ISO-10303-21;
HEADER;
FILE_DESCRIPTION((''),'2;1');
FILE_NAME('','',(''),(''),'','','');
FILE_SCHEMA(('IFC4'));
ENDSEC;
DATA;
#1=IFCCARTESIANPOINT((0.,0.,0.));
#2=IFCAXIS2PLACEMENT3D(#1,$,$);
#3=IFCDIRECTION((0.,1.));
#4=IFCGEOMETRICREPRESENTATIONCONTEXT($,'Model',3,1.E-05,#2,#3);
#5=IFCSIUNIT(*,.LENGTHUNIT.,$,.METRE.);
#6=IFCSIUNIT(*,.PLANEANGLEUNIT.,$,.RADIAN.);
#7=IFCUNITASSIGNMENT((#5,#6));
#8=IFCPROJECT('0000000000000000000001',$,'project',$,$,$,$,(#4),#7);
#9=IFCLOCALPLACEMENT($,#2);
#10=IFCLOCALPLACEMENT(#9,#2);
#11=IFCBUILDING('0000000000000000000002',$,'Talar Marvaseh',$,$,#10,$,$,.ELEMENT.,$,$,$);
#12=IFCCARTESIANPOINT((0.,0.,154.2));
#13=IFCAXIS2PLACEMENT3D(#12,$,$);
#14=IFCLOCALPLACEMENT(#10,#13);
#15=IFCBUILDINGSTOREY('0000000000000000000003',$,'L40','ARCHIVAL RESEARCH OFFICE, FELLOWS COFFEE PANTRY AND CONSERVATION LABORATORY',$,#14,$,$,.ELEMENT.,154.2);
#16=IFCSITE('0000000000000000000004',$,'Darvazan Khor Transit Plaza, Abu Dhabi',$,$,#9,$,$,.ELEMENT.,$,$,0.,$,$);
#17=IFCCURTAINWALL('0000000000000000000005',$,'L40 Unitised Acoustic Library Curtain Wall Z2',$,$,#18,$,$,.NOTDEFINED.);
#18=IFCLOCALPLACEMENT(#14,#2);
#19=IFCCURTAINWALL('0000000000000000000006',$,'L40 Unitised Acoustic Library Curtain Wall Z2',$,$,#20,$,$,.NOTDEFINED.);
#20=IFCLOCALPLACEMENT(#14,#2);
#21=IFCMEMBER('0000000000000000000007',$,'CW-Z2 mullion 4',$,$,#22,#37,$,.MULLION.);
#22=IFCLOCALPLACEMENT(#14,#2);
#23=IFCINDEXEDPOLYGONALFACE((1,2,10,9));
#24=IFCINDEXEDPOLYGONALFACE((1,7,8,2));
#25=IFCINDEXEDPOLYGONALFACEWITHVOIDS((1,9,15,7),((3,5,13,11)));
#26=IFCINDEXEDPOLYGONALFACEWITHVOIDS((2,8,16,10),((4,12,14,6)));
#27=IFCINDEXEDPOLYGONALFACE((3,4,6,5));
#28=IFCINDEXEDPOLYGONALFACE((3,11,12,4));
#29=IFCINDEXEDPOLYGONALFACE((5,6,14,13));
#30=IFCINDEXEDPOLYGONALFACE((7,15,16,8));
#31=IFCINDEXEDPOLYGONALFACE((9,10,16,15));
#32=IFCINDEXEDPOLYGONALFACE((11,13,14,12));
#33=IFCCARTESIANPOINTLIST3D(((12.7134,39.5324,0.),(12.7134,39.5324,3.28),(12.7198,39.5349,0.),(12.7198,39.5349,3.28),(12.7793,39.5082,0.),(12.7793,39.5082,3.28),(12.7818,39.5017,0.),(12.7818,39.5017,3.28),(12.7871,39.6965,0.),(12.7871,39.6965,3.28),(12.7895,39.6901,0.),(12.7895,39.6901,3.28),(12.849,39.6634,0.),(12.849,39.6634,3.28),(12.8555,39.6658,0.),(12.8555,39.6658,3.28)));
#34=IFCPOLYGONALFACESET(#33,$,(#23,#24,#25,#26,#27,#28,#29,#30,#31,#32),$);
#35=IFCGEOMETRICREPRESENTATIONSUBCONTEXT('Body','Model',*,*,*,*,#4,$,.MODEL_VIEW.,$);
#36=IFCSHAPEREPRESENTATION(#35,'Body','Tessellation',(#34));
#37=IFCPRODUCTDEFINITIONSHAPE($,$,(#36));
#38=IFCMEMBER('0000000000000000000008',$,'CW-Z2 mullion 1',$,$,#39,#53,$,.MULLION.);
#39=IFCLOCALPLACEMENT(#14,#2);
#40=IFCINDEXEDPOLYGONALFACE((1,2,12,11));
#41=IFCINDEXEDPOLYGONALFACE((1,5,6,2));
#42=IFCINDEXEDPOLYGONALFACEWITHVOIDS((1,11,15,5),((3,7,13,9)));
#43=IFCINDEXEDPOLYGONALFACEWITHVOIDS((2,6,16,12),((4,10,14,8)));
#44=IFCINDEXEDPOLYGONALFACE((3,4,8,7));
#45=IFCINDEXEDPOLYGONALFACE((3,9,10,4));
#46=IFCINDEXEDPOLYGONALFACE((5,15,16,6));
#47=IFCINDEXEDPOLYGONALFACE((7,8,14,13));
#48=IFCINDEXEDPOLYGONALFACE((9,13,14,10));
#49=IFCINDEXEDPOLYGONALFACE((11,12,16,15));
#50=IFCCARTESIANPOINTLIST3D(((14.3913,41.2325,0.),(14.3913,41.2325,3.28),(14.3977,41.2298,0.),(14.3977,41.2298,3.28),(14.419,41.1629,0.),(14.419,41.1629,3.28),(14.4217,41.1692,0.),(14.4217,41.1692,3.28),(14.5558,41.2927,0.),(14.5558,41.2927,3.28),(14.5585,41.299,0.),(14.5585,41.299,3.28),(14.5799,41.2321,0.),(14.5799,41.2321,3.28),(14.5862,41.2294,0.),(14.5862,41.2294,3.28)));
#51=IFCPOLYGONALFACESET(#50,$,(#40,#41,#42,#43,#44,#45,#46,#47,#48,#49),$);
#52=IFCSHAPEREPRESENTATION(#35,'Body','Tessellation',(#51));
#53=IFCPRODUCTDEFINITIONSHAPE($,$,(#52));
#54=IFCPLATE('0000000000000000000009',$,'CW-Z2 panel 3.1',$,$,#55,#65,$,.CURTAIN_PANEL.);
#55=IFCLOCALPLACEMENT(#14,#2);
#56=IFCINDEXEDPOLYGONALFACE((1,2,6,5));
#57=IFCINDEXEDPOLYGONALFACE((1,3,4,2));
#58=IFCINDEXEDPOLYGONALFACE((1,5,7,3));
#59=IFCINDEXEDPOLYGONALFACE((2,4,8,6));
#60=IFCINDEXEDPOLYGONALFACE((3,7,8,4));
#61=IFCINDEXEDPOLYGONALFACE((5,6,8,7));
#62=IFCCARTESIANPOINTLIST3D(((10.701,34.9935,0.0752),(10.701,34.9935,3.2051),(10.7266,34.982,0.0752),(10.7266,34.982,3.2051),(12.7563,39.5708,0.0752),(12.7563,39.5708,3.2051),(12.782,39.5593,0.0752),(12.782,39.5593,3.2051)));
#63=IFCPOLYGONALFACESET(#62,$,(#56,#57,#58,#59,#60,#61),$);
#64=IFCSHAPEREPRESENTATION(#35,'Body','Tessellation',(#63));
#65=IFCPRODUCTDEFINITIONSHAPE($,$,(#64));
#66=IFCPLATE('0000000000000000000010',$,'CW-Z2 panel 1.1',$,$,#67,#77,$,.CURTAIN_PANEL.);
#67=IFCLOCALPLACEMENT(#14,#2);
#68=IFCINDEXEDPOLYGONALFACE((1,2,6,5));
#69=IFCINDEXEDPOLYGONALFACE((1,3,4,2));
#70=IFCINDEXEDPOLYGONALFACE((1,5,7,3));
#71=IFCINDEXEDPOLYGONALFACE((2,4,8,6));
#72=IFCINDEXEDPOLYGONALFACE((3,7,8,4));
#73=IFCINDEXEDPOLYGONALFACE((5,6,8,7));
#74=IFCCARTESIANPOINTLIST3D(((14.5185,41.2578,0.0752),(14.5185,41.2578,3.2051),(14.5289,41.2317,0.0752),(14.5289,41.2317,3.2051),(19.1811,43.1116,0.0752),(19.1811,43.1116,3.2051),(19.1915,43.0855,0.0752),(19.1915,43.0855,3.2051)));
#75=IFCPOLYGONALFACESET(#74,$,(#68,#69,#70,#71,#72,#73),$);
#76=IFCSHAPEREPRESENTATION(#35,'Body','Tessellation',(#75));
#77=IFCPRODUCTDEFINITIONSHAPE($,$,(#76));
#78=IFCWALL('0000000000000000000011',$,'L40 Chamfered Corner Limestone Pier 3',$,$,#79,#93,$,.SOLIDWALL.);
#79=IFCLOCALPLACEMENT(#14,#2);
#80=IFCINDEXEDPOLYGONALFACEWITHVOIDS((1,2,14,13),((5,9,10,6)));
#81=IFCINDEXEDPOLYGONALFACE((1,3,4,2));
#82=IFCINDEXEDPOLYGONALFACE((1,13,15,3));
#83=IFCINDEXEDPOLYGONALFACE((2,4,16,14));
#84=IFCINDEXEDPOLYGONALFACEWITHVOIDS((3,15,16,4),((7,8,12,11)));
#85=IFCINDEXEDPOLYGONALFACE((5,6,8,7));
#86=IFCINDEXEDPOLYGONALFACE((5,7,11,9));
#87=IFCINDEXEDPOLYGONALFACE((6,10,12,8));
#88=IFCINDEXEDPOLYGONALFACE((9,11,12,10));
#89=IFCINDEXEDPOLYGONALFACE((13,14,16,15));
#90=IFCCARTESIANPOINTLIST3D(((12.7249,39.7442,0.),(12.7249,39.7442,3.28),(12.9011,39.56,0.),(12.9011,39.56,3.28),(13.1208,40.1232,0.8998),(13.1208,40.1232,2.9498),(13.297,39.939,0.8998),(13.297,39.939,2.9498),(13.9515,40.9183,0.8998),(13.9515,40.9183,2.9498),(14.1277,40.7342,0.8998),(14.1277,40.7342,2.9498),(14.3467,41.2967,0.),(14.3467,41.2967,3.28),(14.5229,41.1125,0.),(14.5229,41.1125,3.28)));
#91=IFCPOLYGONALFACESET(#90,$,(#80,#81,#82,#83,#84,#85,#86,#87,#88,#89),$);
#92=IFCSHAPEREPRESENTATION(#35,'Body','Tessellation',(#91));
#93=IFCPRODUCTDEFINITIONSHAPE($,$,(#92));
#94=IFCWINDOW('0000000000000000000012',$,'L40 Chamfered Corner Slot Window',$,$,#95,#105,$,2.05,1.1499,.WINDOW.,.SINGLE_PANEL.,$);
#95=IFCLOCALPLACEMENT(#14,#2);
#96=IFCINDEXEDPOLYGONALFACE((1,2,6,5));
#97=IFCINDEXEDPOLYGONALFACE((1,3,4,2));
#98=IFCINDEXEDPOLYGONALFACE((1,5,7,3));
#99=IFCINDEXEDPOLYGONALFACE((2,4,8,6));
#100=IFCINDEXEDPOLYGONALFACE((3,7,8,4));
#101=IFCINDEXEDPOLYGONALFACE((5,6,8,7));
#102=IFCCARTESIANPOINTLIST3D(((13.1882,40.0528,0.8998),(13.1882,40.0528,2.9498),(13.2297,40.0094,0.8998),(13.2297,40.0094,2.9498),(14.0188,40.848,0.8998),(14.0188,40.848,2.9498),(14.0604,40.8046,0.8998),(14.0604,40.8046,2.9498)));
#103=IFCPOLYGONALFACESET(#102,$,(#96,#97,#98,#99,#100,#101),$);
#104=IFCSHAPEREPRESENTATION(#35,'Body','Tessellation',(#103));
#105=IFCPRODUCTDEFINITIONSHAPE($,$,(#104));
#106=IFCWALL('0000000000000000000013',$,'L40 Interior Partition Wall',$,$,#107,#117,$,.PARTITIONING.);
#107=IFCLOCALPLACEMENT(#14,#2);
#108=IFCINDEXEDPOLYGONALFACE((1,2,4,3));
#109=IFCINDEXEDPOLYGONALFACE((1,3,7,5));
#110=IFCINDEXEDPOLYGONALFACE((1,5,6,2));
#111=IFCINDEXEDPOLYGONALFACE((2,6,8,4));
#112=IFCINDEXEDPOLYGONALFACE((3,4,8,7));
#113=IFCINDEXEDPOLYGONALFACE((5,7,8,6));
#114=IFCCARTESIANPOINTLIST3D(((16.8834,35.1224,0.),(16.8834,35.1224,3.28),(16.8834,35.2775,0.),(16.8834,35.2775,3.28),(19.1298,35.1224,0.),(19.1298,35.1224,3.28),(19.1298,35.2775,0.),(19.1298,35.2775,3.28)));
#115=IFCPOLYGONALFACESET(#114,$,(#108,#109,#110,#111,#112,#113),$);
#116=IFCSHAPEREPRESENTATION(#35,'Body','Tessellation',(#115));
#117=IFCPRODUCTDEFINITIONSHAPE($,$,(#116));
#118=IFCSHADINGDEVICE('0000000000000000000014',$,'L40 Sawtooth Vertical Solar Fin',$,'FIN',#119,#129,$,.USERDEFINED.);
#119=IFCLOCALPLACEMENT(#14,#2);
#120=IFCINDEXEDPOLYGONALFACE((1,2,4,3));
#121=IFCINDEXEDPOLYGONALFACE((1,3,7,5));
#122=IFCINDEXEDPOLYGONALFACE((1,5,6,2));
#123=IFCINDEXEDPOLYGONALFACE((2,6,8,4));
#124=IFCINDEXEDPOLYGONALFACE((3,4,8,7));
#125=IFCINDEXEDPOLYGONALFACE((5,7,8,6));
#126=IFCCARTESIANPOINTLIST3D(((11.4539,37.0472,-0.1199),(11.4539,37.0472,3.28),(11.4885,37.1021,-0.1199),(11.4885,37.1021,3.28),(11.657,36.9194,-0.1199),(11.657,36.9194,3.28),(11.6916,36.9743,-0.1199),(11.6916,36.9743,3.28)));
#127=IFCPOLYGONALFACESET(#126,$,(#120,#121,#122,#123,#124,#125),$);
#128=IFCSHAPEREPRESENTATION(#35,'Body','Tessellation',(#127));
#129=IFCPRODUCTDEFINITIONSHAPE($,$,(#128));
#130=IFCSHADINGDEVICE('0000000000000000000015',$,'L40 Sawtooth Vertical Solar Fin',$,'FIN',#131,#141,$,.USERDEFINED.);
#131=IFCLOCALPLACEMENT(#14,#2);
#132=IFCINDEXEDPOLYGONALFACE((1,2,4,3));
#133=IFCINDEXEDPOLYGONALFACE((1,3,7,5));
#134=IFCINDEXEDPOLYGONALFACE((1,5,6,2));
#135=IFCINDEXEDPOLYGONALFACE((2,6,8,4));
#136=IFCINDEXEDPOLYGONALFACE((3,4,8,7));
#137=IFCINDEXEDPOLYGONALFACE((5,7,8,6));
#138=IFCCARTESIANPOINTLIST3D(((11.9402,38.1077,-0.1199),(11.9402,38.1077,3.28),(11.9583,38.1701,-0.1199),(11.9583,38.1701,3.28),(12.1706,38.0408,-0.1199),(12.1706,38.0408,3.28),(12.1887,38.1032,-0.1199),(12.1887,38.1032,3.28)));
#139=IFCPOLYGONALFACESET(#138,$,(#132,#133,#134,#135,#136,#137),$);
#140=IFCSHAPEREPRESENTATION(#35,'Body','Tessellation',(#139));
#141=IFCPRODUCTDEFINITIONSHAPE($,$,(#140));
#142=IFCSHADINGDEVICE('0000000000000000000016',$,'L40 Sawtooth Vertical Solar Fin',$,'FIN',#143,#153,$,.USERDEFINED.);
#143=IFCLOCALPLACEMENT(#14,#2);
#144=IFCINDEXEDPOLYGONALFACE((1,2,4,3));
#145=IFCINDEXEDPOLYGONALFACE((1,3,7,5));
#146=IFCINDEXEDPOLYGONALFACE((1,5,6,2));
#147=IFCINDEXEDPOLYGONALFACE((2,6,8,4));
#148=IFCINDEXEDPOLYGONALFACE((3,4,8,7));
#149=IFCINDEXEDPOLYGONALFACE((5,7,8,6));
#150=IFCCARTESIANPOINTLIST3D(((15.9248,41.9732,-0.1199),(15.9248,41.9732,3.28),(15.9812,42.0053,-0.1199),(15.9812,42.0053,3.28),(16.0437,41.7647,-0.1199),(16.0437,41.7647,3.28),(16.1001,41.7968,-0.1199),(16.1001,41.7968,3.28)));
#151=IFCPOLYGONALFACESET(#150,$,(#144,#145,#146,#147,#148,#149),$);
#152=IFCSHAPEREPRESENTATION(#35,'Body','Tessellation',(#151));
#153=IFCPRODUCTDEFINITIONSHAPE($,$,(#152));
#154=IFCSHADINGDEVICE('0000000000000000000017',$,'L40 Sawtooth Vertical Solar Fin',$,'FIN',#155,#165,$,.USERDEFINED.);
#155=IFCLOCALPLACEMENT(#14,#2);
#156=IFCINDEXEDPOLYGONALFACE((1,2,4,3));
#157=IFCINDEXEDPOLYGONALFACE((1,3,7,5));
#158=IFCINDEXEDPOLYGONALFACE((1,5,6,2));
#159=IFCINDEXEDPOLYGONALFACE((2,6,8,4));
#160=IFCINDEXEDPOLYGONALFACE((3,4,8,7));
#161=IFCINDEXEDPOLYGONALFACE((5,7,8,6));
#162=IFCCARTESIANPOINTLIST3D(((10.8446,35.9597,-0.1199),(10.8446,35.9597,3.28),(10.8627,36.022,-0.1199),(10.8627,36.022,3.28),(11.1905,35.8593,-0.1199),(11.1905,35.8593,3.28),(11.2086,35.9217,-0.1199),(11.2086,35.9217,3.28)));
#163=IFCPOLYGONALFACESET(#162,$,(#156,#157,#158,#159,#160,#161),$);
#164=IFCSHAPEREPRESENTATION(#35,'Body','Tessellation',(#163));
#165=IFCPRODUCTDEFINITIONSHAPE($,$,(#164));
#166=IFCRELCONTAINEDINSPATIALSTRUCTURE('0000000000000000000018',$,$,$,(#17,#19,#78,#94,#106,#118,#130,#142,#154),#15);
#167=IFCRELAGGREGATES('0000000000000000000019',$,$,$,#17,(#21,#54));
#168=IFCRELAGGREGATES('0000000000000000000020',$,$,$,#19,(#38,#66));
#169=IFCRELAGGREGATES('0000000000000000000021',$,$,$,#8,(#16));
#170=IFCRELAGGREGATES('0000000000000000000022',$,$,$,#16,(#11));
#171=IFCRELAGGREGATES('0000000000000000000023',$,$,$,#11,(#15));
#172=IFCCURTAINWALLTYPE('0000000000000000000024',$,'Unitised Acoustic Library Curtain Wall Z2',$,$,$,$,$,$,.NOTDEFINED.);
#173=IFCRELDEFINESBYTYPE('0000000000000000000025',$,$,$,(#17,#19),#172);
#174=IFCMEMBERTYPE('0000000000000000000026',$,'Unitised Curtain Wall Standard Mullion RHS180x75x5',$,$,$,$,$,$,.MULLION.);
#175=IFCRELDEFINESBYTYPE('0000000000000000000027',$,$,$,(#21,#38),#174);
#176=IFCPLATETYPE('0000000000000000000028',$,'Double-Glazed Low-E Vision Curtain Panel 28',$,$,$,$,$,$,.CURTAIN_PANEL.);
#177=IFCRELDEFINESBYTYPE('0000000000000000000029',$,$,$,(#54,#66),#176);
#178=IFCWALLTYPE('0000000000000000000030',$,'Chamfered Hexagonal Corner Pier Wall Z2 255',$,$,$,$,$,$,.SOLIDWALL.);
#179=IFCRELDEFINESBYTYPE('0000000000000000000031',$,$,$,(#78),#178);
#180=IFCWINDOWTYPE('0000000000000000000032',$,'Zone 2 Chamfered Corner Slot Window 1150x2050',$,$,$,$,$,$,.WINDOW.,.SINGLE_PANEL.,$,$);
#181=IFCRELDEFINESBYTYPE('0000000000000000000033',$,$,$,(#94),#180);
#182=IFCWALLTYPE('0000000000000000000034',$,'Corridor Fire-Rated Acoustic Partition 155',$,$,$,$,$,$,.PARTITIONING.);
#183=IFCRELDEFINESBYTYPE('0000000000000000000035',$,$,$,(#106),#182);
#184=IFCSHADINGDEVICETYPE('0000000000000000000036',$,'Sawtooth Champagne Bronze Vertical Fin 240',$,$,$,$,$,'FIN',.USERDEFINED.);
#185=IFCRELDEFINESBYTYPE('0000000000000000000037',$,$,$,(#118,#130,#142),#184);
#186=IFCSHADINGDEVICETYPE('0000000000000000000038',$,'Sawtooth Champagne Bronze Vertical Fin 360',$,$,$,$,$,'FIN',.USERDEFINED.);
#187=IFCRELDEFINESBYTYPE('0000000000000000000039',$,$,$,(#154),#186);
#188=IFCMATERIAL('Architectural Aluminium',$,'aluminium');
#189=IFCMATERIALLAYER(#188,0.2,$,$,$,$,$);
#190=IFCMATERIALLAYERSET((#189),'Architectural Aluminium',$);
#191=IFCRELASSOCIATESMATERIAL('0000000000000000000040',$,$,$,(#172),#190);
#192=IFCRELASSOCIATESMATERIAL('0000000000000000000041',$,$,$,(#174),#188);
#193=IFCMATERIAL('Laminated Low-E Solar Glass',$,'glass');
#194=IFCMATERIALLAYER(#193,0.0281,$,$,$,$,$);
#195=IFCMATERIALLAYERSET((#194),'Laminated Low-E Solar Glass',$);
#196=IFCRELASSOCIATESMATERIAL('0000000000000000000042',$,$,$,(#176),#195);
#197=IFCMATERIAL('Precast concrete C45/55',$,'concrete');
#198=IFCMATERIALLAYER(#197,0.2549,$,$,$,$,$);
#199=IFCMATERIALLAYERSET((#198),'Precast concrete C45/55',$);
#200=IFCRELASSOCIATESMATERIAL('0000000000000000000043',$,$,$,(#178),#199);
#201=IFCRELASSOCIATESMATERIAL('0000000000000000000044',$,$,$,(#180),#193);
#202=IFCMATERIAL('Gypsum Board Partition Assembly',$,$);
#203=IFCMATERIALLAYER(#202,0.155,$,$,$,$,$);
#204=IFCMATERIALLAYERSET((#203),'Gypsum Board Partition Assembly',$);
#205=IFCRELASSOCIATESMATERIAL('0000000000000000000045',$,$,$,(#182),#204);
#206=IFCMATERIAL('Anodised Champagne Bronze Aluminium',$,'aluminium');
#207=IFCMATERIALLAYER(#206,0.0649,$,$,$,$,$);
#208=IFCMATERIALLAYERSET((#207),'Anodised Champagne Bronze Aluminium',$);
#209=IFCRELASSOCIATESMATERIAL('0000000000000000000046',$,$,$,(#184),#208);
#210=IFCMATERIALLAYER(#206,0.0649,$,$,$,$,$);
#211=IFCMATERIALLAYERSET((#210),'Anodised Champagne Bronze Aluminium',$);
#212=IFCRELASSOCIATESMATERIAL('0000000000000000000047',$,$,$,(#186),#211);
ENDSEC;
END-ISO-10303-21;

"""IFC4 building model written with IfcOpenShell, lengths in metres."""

from ifc_helpers import new_model, si_unit, direction, frame, frame_2d, origin, origin_2d, place, context, subcontext, project, spatial, rectangle, hollow_rectangle, extrude, source, transform, mapped, material, layer, layer_set, material_profile, profile_set, type_object, type_shapes, element, fill, aggregate, save


model = new_model("IFC4")

# Units and contexts
model_context = context("Model", 3, precision=1e-05, world=origin(), true_north=direction((0.0, 1.0)))
body_context = subcontext(model_context, "Body", "Model", "MODEL_VIEW")
ifc_project = project(units=[si_unit("LENGTHUNIT", "METRE"), si_unit("PLANEANGLEUNIT", "RADIAN")], contexts=[model_context])

# Site, building, storey
site_placement = place(None, origin())
site = spatial("IfcSite", under=ifc_project, at=site_placement, Name="Darvazan Khor Transit Plaza, Abu Dhabi", CompositionType="ELEMENT", RefElevation=0.0)
building_placement = place(site_placement, origin())
building = spatial("IfcBuilding", under=site, at=building_placement, Name="Talar Marvaseh", CompositionType="ELEMENT")
storey_placement = place(building_placement, frame((0.0, 0.0, 154.2)))
storey = spatial("IfcBuildingStorey", under=building, at=storey_placement, Name="L40", Description="ARCHIVAL RESEARCH OFFICE, FELLOWS COFFEE PANTRY AND CONSERVATION LABORATORY", CompositionType="ELEMENT", Elevation=154.2)

# Curtain walls
ifc_material_1 = material(Name="Architectural Aluminium", Category="aluminium")
ifc_layer_1 = layer(ifc_material_1, 0.2)
ifc_layer_set_1 = layer_set([ifc_layer_1], Name="Architectural Aluminium")
curtain_wall_type = type_object("IfcCurtainWallType", Name="Unitised Acoustic Library Curtain Wall Z2", PredefinedType="NOTDEFINED", material=ifc_layer_set_1)
curtain_wall_1_placement = place(storey_placement, origin())
curtain_wall_1 = element("IfcCurtainWall", 1, at=curtain_wall_1_placement, inside=storey, type_object=curtain_wall_type, Name="L40 Unitised Acoustic Library Curtain Wall Z2", PredefinedType="NOTDEFINED")
curtain_wall_2_placement = place(storey_placement, origin())
curtain_wall_2 = element("IfcCurtainWall", 2, at=curtain_wall_2_placement, inside=storey, type_object=curtain_wall_type, Name="L40 Unitised Acoustic Library Curtain Wall Z2", PredefinedType="NOTDEFINED")

# Members
ifc_material_profile_1 = material_profile(ifc_material_1, hollow_rectangle(XDim=0.075, YDim=0.1799, WallThickness=0.0049, at=origin_2d()), Name="RHS180x75x5")
ifc_profile_set_1 = profile_set([ifc_material_profile_1], Name="Architectural Aluminium")
member_type_1 = type_object("IfcMemberType", Name="Unitised Curtain Wall Standard Mullion RHS180x75x5", PredefinedType="MULLION", material=ifc_profile_set_1)
shared_shape_1 = source(origin(), body_context, "Body", "SweptSolid", [
    extrude(hollow_rectangle(XDim=0.075, YDim=0.1799, WallThickness=0.0049, at=origin_2d()), origin(), (0.0, 0.0, 1.0), 3.28),
])
type_shapes(member_type_1, [shared_shape_1])
member_1_placement = place(storey_placement, frame((12.7844, 39.5991, 0.0), z_axis=(0.0, 0.0, 1.0), x_axis=(-0.912248, 0.409639, 0.0)))
member_1 = element("IfcMember", 3, at=member_1_placement, type_object=member_type_1, Name="CW-Z2 mullion 4", PredefinedType="MULLION", context=body_context, shape_type="MappedRepresentation", body=[
    mapped(shared_shape_1, transform((0.0, 0.0, 0.0), x_axis=(1.0, 0.0, 0.0), y_axis=(0.0, 1.0, 0.0), z_axis=(0.0, 0.0, 1.0), scale=1.0)),
])
member_2_placement = place(storey_placement, frame((14.4888, 41.231, 0.0), z_axis=(0.0, 0.0, 1.0), x_axis=(-0.369458, 0.929247, 0.0)))
member_2 = element("IfcMember", 4, at=member_2_placement, type_object=member_type_1, Name="CW-Z2 mullion 1", PredefinedType="MULLION", context=body_context, shape_type="MappedRepresentation", body=[
    mapped(shared_shape_1, transform((0.0, 0.0, 0.0), x_axis=(1.0, 0.0, 0.0), y_axis=(0.0, 1.0, 0.0), z_axis=(0.0, 0.0, 1.0), scale=1.0)),
])

# Plates
ifc_material_2 = material(Name="Laminated Low-E Solar Glass", Category="glass")
ifc_layer_2 = layer(ifc_material_2, 0.0281)
ifc_layer_set_2 = layer_set([ifc_layer_2], Name="Laminated Low-E Solar Glass")
plate_type = type_object("IfcPlateType", Name="Double-Glazed Low-E Vision Curtain Panel 28", PredefinedType="CURTAIN_PANEL", material=ifc_layer_set_2)
shared_shape_2 = source(origin(), body_context, "Body", "SweptSolid", [
    extrude(rectangle(XDim=5.0176, YDim=0.0281, at=origin_2d()), origin(), (0.0, 0.0, 1.0), 3.1299),
])
type_shapes(plate_type, [shared_shape_2])
plate_1_placement = place(storey_placement, frame((11.7415, 37.2764, 0.0752), z_axis=(0.0, 0.0, 1.0), x_axis=(0.409639, 0.912248, 0.0)))
plate_1 = element("IfcPlate", 5, at=plate_1_placement, type_object=plate_type, Name="CW-Z2 panel 3.1", PredefinedType="CURTAIN_PANEL", context=body_context, shape_type="MappedRepresentation", body=[
    mapped(shared_shape_2, transform((0.0, 0.0, 0.0), x_axis=(1.0, 0.0, 0.0), y_axis=(0.0, 1.0, 0.0), z_axis=(0.0, 0.0, 1.0), scale=1.0)),
])
aggregate(curtain_wall_1, [member_1, plate_1])
plate_2_placement = place(storey_placement, frame((16.855, 42.1716, 0.0752), z_axis=(0.0, 0.0, 1.0), x_axis=(0.929247, 0.369458, 0.0)))
plate_2 = element("IfcPlate", 6, at=plate_2_placement, type_object=plate_type, Name="CW-Z2 panel 1.1", PredefinedType="CURTAIN_PANEL", context=body_context, shape_type="MappedRepresentation", body=[
    mapped(shared_shape_2, transform((0.0, 0.0, 0.0), x_axis=(1.0, 0.0, 0.0), y_axis=(0.0, 1.0, 0.0), z_axis=(0.0, 0.0, 1.0), scale=1.0)),
])
aggregate(curtain_wall_2, [member_2, plate_2])

# Wall, opening, window
ifc_material_3 = material(Name="Precast concrete C45/55", Category="concrete")
ifc_layer_3 = layer(ifc_material_3, 0.2549)
ifc_layer_set_3 = layer_set([ifc_layer_3], Name="Precast concrete C45/55")
wall_type_1 = type_object("IfcWallType", Name="Chamfered Hexagonal Corner Pier Wall Z2 255", PredefinedType="SOLIDWALL", material=ifc_layer_set_3)
wall_1_placement = place(storey_placement, frame((12.813, 39.6521, 0.0), z_axis=(0.0, 0.0, 1.0), x_axis=(0.72238, 0.691497, 0.0)))
wall_1 = element("IfcWall", 7, at=wall_1_placement, inside=storey, type_object=wall_type_1, Name="L40 Chamfered Corner Limestone Pier 3", PredefinedType="SOLIDWALL", context=body_context, shape_type="SweptSolid", body=[
    extrude(rectangle(XDim=2.2451, YDim=0.2549, at=frame_2d((1.1226, 0.0))), origin(), (0.0, 0.0, 1.0), 3.28),
])
opening_placement = place(wall_1_placement, frame((0.5481, 0.0, 0.8999)))
opening = element("IfcOpeningElement", 8, at=opening_placement, cuts=wall_1, PredefinedType="OPENING", context=body_context, shape_type="SweptSolid", body=[
    extrude(rectangle(XDim=1.1499, YDim=2.05, at=frame_2d((0.575, 1.0249))), frame((0.0, 0.1375, 0.0), z_axis=(0.0, -1.0, 0.0), x_axis=(1.0, 0.0, 0.0)), (0.0, 0.0, 1.0), 0.2749),
])
window_type = type_object("IfcWindowType", Name="Zone 2 Chamfered Corner Slot Window 1150x2050", PartitioningType="SINGLE_PANEL", PredefinedType="WINDOW", material=ifc_material_2)
shared_shape_3 = source(origin(), body_context, "Body", "SweptSolid", [
    extrude(rectangle(XDim=1.1499, YDim=2.05, at=frame_2d((0.575, 1.0249))), frame((0.0, 0.03, 0.0), z_axis=(0.0, -1.0, 0.0), x_axis=(1.0, 0.0, 0.0)), (0.0, 0.0, 1.0), 0.0601),
])
type_shapes(window_type, [shared_shape_3])
window_placement = place(opening_placement, origin())
window = element("IfcWindow", 9, at=window_placement, inside=storey, type_object=window_type, Name="L40 Chamfered Corner Slot Window", OverallHeight=2.05, OverallWidth=1.1499, PartitioningType="SINGLE_PANEL", PredefinedType="WINDOW", context=body_context, shape_type="MappedRepresentation", body=[
    mapped(shared_shape_3, transform((0.0, 0.0, 0.0), x_axis=(1.0, 0.0, 0.0), y_axis=(0.0, 1.0, 0.0), z_axis=(0.0, 0.0, 1.0), scale=1.0)),
])
fill(opening, window)

# Wall
ifc_material_4 = material(Name="Gypsum Board Partition Assembly")
ifc_layer_4 = layer(ifc_material_4, 0.155)
ifc_layer_set_4 = layer_set([ifc_layer_4], Name="Gypsum Board Partition Assembly")
wall_type_2 = type_object("IfcWallType", Name="Corridor Fire-Rated Acoustic Partition 155", PredefinedType="PARTITIONING", material=ifc_layer_set_4)
wall_2_placement = place(storey_placement, frame((16.8835, 35.2, 0.0), z_axis=(0.0, 0.0, 1.0), x_axis=(1.0, 0.0, 0.0)))
element("IfcWall", 10, at=wall_2_placement, inside=storey, type_object=wall_type_2, Name="L40 Interior Partition Wall", PredefinedType="PARTITIONING", context=body_context, shape_type="SweptSolid", body=[
    extrude(rectangle(XDim=2.2463, YDim=0.155, at=frame_2d((1.123, 0.0))), origin(), (0.0, 0.0, 1.0), 3.28),
])

# Shading devices
ifc_material_5 = material(Name="Anodised Champagne Bronze Aluminium", Category="aluminium")
ifc_layer_5 = layer(ifc_material_5, 0.0649)
ifc_layer_set_5 = layer_set([ifc_layer_5], Name="Anodised Champagne Bronze Aluminium")
shading_device_type_1 = type_object("IfcShadingDeviceType", Name="Sawtooth Champagne Bronze Vertical Fin 240", ElementType="FIN", PredefinedType="USERDEFINED", material=ifc_layer_set_5)
shared_shape_4 = source(origin(), body_context, "Body", "SweptSolid", [
    extrude(rectangle(XDim=0.24, YDim=0.0649, at=origin_2d()), origin(), (0.0, 0.0, 1.0), 3.3999),
])
type_shapes(shading_device_type_1, [shared_shape_4])
for number, where, z_axis, x_axis, name in (
    (11, (11.5728, 37.0107, -0.1199), (0.0, 0.0, 1.0), (-0.846379, 0.532581, 0.0), "L40 Sawtooth Vertical Solar Fin"),
    (12, (12.0645, 38.1055, -0.1199), (0.0, 0.0, 1.0), (-0.960391, 0.278656, 0.0), "L40 Sawtooth Vertical Solar Fin"),
    (13, (16.0125, 41.885, -0.1199), (0.0, 0.0, 1.0), (-0.495155, 0.868804, 0.0), "L40 Sawtooth Vertical Solar Fin"),
):
    element("IfcShadingDevice", number, at=place(storey_placement, frame(where, z_axis=z_axis, x_axis=x_axis)), inside=storey, type_object=shading_device_type_1, Name=name, ObjectType="FIN", PredefinedType="USERDEFINED", context=body_context, shape_type="MappedRepresentation", body=[
        mapped(shared_shape_4, transform((0.0, 0.0, 0.0), x_axis=(1.0, 0.0, 0.0), y_axis=(0.0, 1.0, 0.0), z_axis=(0.0, 0.0, 1.0), scale=1.0)),
    ])
ifc_layer_6 = layer(ifc_material_5, 0.0649)
ifc_layer_set_6 = layer_set([ifc_layer_6], Name="Anodised Champagne Bronze Aluminium")
shading_device_type_2 = type_object("IfcShadingDeviceType", Name="Sawtooth Champagne Bronze Vertical Fin 360", ElementType="FIN", PredefinedType="USERDEFINED", material=ifc_layer_set_6)
shared_shape_5 = source(origin(), body_context, "Body", "SweptSolid", [
    extrude(rectangle(XDim=0.3601, YDim=0.0649, at=origin_2d()), origin(), (0.0, 0.0, 1.0), 3.3999),
])
type_shapes(shading_device_type_2, [shared_shape_5])
shading_device_placement = place(storey_placement, frame((11.0266, 35.9407, -0.1199), z_axis=(0.0, 0.0, 1.0), x_axis=(-0.960391, 0.278656, 0.0)))
element("IfcShadingDevice", 14, at=shading_device_placement, inside=storey, type_object=shading_device_type_2, Name="L40 Sawtooth Vertical Solar Fin", ObjectType="FIN", PredefinedType="USERDEFINED", context=body_context, shape_type="MappedRepresentation", body=[
    mapped(shared_shape_5, transform((0.0, 0.0, 0.0), x_axis=(1.0, 0.0, 0.0), y_axis=(0.0, 1.0, 0.0), z_axis=(0.0, 0.0, 1.0), scale=1.0)),
])

save(model, "model.ifc")
